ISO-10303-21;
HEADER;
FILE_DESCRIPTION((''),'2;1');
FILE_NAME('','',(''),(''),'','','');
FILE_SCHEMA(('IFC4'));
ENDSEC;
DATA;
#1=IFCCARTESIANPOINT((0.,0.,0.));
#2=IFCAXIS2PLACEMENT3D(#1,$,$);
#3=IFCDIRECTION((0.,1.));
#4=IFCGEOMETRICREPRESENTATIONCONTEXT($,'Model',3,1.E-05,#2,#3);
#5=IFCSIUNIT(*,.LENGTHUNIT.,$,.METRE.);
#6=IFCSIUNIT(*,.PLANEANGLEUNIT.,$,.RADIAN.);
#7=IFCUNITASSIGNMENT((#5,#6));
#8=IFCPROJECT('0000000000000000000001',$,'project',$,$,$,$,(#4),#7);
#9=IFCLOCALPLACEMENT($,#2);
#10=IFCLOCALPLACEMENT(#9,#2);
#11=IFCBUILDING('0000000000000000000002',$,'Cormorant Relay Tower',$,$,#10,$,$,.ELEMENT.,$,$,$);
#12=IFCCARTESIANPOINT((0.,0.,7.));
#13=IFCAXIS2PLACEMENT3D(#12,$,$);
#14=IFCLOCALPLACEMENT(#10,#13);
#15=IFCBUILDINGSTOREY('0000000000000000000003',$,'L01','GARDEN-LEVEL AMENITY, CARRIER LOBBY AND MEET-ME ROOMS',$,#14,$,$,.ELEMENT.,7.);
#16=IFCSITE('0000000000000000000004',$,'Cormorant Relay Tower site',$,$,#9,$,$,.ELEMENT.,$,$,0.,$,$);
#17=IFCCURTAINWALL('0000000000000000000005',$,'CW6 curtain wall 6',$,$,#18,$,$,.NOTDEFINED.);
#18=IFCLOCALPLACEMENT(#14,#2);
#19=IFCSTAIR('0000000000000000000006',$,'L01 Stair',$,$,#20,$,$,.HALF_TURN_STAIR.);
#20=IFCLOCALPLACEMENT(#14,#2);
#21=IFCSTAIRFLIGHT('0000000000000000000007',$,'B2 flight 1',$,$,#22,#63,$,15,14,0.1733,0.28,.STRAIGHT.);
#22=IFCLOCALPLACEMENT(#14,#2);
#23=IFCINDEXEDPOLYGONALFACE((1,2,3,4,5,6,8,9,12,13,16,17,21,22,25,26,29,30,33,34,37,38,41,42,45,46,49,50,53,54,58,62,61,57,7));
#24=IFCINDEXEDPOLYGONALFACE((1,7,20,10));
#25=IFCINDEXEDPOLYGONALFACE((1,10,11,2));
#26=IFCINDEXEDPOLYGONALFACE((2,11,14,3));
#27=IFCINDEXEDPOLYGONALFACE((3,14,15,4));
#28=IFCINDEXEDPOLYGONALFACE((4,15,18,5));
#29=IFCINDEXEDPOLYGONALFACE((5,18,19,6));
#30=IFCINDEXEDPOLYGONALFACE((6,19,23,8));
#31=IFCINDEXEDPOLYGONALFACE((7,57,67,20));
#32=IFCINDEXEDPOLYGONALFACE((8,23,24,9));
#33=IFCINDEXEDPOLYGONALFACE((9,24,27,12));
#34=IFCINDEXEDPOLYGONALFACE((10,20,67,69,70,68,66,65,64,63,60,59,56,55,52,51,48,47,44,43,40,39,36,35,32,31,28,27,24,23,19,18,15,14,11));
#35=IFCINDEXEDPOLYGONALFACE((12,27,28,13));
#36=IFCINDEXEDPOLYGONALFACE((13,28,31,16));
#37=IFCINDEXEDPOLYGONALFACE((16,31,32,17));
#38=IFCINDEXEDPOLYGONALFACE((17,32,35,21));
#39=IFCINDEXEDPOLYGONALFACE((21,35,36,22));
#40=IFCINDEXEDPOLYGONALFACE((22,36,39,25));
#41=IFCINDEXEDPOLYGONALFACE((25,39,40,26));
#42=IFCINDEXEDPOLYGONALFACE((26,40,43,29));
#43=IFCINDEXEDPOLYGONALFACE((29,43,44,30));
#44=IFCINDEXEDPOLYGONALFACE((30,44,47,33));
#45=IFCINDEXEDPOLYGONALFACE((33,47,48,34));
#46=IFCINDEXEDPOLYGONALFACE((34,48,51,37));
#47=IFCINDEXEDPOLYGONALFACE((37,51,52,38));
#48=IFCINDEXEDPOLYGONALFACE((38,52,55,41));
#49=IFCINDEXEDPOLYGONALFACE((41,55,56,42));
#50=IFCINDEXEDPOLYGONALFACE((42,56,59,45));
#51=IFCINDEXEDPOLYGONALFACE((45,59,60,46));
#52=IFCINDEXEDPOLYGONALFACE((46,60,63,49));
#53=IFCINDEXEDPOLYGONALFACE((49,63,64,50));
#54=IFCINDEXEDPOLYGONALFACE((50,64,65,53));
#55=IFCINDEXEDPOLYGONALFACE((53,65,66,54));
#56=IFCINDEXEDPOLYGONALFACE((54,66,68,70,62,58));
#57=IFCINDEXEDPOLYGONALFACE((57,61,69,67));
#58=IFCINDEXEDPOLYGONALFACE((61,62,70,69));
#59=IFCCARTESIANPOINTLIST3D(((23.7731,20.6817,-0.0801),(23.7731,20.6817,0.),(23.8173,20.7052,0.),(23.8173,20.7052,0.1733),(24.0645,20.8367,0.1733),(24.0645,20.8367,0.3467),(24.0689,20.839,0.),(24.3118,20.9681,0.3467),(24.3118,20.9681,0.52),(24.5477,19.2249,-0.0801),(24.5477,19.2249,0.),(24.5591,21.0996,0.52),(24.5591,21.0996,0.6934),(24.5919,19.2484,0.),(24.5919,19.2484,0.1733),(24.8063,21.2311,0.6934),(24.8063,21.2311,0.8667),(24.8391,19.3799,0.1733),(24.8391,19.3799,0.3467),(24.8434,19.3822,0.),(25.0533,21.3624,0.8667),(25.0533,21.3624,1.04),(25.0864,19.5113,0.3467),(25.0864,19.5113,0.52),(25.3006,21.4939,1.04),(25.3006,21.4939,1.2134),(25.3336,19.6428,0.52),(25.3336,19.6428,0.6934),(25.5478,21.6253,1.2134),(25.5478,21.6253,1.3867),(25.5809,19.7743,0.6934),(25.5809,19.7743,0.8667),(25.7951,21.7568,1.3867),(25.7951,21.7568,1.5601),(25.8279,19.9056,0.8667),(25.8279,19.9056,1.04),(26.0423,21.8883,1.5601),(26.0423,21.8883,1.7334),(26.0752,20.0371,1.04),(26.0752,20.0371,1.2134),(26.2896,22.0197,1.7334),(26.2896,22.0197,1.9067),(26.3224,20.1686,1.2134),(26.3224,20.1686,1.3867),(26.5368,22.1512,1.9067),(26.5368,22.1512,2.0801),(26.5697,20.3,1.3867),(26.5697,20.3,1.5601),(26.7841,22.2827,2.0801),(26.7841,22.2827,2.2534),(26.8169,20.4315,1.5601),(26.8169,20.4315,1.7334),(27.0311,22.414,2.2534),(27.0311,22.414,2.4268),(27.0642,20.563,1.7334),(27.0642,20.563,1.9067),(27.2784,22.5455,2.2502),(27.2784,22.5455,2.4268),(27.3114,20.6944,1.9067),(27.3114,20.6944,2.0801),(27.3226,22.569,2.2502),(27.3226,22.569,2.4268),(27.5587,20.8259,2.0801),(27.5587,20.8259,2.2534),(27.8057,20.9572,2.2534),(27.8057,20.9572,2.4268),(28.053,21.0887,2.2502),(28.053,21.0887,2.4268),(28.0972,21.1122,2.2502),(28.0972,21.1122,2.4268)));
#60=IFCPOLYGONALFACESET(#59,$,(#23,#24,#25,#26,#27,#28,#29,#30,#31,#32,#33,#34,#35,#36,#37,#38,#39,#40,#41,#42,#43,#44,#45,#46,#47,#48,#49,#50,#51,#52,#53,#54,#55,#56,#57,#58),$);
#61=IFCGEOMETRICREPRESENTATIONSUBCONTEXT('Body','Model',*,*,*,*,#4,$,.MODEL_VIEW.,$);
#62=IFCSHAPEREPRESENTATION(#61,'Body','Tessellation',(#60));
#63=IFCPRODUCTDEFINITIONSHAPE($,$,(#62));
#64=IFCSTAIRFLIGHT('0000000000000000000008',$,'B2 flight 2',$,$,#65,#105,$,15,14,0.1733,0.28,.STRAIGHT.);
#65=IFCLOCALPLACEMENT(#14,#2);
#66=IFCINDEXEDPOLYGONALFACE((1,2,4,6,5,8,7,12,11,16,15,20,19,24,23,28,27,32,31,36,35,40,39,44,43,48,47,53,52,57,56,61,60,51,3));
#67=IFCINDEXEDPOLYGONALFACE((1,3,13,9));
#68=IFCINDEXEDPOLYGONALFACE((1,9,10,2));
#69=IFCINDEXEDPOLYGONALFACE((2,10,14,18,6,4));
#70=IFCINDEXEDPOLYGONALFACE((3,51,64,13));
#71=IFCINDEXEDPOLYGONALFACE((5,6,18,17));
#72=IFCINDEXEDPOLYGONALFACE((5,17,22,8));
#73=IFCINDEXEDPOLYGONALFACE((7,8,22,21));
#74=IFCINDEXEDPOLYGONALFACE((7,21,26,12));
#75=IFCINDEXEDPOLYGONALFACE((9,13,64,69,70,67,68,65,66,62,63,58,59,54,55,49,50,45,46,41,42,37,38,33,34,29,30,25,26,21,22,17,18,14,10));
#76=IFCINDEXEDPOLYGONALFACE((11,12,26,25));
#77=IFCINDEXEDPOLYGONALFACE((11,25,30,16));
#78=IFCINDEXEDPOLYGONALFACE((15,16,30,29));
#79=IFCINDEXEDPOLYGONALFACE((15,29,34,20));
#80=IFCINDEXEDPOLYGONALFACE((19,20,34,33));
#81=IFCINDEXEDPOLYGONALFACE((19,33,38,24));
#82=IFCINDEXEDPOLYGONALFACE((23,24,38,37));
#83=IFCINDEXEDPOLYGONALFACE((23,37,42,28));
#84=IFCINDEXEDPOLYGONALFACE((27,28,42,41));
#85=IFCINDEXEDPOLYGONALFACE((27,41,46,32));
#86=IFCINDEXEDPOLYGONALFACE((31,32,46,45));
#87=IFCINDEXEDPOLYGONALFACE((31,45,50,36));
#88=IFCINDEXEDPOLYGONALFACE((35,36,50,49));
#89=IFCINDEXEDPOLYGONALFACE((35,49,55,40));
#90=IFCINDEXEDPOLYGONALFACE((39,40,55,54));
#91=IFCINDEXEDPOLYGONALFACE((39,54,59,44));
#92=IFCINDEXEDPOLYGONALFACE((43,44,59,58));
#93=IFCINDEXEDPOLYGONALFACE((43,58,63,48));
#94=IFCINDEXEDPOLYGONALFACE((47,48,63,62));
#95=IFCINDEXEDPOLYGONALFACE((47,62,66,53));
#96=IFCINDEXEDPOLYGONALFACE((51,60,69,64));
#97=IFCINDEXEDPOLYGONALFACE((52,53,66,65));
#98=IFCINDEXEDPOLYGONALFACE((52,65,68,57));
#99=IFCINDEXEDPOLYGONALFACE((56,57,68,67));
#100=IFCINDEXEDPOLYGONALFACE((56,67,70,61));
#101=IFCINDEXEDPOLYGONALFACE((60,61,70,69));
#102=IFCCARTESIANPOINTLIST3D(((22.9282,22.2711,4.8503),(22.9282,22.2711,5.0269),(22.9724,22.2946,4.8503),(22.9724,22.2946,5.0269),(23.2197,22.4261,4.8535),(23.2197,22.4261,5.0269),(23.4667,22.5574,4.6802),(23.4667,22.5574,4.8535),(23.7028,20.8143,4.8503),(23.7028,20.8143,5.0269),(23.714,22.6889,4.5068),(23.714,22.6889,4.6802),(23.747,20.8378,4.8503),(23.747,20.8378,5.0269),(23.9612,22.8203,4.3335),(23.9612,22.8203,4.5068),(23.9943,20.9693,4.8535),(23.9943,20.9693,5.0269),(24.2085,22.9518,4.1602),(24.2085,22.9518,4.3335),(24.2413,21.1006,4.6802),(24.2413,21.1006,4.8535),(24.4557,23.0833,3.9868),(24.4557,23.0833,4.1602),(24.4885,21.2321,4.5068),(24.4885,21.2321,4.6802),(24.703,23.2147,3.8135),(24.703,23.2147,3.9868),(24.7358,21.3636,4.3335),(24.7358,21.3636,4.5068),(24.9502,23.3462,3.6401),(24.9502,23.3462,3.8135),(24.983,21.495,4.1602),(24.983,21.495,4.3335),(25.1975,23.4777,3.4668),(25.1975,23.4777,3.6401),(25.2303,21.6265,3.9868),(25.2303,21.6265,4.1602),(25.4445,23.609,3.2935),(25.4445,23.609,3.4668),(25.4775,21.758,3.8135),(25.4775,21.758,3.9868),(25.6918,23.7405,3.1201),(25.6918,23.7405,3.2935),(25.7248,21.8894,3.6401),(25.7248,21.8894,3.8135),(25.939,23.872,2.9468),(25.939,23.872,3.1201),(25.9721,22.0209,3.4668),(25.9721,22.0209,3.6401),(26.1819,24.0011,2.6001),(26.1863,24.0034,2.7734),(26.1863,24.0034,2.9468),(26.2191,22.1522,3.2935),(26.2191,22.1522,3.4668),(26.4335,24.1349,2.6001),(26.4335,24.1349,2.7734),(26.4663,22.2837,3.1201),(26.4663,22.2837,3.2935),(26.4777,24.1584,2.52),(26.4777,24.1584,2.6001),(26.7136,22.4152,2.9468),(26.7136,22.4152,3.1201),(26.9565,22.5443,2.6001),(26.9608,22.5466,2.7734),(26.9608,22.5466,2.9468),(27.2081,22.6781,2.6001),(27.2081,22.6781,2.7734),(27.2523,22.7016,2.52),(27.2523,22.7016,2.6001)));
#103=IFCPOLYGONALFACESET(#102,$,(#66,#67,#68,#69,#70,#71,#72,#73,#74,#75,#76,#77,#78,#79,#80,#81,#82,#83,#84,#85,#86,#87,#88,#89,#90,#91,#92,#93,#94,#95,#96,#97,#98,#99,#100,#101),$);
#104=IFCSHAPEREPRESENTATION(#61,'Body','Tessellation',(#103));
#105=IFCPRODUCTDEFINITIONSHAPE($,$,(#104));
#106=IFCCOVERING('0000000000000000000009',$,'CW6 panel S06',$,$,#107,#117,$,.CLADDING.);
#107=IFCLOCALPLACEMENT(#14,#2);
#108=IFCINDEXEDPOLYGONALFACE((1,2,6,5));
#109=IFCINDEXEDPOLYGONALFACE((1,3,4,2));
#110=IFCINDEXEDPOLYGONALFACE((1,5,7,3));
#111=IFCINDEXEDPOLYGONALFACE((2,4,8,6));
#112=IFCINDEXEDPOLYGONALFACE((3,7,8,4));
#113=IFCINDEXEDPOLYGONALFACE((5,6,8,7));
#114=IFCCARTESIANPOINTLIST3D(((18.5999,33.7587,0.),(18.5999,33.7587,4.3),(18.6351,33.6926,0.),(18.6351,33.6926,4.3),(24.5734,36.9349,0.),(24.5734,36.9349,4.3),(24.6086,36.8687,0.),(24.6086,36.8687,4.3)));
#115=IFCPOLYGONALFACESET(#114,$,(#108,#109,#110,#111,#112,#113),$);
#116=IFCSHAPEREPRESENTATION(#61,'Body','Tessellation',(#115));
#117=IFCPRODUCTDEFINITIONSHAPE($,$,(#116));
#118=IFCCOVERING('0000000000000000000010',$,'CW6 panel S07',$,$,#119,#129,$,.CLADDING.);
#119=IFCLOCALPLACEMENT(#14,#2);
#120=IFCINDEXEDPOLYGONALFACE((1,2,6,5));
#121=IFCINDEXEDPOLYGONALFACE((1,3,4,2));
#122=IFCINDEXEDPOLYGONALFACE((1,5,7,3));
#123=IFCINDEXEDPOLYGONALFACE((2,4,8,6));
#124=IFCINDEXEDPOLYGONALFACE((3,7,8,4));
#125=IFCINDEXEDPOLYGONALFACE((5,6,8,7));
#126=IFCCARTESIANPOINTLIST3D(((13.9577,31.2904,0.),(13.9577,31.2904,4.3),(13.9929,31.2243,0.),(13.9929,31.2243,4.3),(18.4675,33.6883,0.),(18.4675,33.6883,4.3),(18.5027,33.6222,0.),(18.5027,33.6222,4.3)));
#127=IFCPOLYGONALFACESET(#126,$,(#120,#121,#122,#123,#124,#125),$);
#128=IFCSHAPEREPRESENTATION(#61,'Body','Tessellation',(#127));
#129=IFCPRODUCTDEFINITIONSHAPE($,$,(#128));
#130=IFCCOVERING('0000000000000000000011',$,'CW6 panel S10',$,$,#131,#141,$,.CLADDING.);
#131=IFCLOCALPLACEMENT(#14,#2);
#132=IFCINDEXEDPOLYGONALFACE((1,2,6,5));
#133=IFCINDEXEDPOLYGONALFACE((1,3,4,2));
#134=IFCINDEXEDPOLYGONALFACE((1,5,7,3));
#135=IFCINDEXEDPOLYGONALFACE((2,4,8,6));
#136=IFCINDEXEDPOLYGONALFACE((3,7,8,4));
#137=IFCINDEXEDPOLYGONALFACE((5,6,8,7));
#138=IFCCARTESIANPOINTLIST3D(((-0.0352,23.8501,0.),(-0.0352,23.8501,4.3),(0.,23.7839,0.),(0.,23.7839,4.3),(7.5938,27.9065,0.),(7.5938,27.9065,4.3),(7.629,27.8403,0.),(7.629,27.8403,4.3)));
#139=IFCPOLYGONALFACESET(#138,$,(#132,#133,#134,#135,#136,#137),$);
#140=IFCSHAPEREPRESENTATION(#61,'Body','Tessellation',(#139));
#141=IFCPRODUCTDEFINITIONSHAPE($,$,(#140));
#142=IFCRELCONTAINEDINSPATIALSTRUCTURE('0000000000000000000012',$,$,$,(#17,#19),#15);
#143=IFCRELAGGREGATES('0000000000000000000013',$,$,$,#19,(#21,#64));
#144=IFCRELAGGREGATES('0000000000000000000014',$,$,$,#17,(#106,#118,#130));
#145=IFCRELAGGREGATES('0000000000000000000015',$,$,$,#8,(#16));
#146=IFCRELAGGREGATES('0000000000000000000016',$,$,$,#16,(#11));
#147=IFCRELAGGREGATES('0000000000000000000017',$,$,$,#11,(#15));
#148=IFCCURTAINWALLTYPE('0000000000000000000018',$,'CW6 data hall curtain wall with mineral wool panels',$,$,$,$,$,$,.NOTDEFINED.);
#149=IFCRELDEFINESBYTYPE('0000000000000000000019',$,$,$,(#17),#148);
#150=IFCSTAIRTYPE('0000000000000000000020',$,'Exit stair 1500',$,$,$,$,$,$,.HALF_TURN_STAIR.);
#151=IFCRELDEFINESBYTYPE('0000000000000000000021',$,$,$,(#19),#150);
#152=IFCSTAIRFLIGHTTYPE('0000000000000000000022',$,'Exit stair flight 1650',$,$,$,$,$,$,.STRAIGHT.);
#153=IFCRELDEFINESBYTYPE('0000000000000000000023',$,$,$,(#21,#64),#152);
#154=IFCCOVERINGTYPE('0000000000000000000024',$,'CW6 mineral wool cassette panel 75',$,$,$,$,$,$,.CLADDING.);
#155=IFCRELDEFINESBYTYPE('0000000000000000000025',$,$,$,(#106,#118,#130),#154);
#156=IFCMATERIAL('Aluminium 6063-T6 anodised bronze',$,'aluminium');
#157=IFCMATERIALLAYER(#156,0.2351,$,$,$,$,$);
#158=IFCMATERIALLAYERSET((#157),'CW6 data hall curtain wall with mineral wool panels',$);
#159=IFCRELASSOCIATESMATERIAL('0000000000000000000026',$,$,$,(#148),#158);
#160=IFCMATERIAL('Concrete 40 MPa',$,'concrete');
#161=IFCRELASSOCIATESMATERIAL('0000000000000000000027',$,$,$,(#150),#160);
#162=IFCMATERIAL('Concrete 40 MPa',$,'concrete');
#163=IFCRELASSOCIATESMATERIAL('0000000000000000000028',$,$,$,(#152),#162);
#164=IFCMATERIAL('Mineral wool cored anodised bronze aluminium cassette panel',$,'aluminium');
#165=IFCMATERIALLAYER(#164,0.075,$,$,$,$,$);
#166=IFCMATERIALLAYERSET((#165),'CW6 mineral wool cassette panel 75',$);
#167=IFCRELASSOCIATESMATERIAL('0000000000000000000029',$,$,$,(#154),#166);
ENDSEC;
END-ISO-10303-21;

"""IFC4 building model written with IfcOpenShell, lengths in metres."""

from ifc_helpers import new_model, si_unit, direction, frame, origin, origin_2d, place, context, subcontext, project, spatial, polyline, rectangle, outline, extrude, material, layer, layer_set, type_object, element, aggregate, save


model = new_model("IFC4")

# Units and contexts
model_context = context("Model", 3, precision=1e-05, world=origin(), true_north=direction((0.0, 1.0)))
body_context = subcontext(model_context, "Body", "Model", "MODEL_VIEW")
ifc_project = project(units=[si_unit("LENGTHUNIT", "METRE"), si_unit("PLANEANGLEUNIT", "RADIAN")], contexts=[model_context])

# Site, building, storey
site_placement = place(None, origin())
site = spatial("IfcSite", under=ifc_project, at=site_placement, Name="Cormorant Relay Tower site", CompositionType="ELEMENT", RefElevation=0.0)
building_placement = place(site_placement, origin())
building = spatial("IfcBuilding", under=site, at=building_placement, Name="Cormorant Relay Tower", CompositionType="ELEMENT")
storey_placement = place(building_placement, frame((0.0, 0.0, 7.0)))
storey = spatial("IfcBuildingStorey", under=building, at=storey_placement, Name="L01", Description="GARDEN-LEVEL AMENITY, CARRIER LOBBY AND MEET-ME ROOMS", CompositionType="ELEMENT", Elevation=7.0)

# Curtain wall
ifc_material_1 = material(Name="Aluminium 6063-T6 anodised bronze", Category="aluminium")
ifc_layer_1 = layer(ifc_material_1, 0.2351)
ifc_layer_set_1 = layer_set([ifc_layer_1], Name="CW6 data hall curtain wall with mineral wool panels")
curtain_wall_type = type_object("IfcCurtainWallType", Name="CW6 data hall curtain wall with mineral wool panels", PredefinedType="NOTDEFINED", material=ifc_layer_set_1)
curtain_wall_1_placement = place(storey_placement, origin())
curtain_wall_1 = element("IfcCurtainWall", 1, at=curtain_wall_1_placement, inside=storey, type_object=curtain_wall_type, Name="CW6 curtain wall 6", PredefinedType="NOTDEFINED")

# Stair, stair flights
ifc_material_2 = material(Name="Concrete 40 MPa", Category="concrete")
stair_type = type_object("IfcStairType", Name="Exit stair 1500", PredefinedType="HALF_TURN_STAIR", material=ifc_material_2)
stair_placement = place(storey_placement, origin())
stair = element("IfcStair", 2, at=stair_placement, inside=storey, type_object=stair_type, Name="L01 Stair", PredefinedType="HALF_TURN_STAIR")
ifc_material_3 = material(Name="Concrete 40 MPa", Category="concrete")
stair_flight_type = type_object("IfcStairFlightType", Name="Exit stair flight 1650", PredefinedType="STRAIGHT", material=ifc_material_3)
stair_flight_1_placement = place(storey_placement, frame((24.2046, 19.9768, 0.0), z_axis=(0.0, 0.0, 1.0), x_axis=(0.882948, 0.469472, 0.0)))
stair_flight_1 = element("IfcStairFlight", 3, at=stair_flight_1_placement, type_object=stair_flight_type, Name="B2 flight 1", NumberOfRisers=15, NumberOfTreads=14, PredefinedType="STRAIGHT", RiserHeight=0.1733, TreadLength=0.28, context=body_context, shape_type="SweptSolid", body=[
    extrude(outline(polyline([(-0.05, -0.0801), (-0.05, 0.0), (0.0, 0.0), (0.0, 0.1733), (0.28, 0.1733), (0.28, 0.3467), (0.5601, 0.3467), (0.5601, 0.52), (0.8401, 0.52), (0.8401, 0.6934), (1.1201, 0.6934), (1.1201, 0.8667), (1.3999, 0.8667), (1.3999, 1.04), (1.6799, 1.04), (1.6799, 1.2134), (1.96, 1.2134), (1.96, 1.3867), (2.24, 1.3867), (2.24, 1.5601), (2.52, 1.5601), (2.52, 1.7334), (2.8, 1.7334), (2.8, 1.9067), (3.0801, 1.9067), (3.0801, 2.0801), (3.3601, 2.0801), (3.3601, 2.2534), (3.6399, 2.2534), (3.6399, 2.4268), (3.9199, 2.4268), (3.97, 2.4268), (3.97, 2.2502), (3.9199, 2.2502), (0.2849, 0.0), (-0.05, -0.0801)])), frame((0.0, 0.825, 0.0), z_axis=(0.0, -1.0, 0.0), x_axis=(1.0, 0.0, 0.0)), (0.0, 0.0, 1.0), 1.6499),
])
stair_flight_2_placement = place(storey_placement, frame((26.8208, 23.4065, 2.6001), z_axis=(0.0, 0.0, 1.0), x_axis=(-0.882948, -0.469472, 0.0)))
stair_flight_2 = element("IfcStairFlight", 4, at=stair_flight_2_placement, type_object=stair_flight_type, Name="B2 flight 2", NumberOfRisers=15, NumberOfTreads=14, PredefinedType="STRAIGHT", RiserHeight=0.1733, TreadLength=0.28, context=body_context, shape_type="SweptSolid", body=[
    extrude(outline(polyline([(-0.05, -0.0801), (-0.05, 0.0), (0.0, 0.0), (0.0, 0.1733), (0.28, 0.1733), (0.28, 0.3467), (0.5601, 0.3467), (0.5601, 0.52), (0.8401, 0.52), (0.8401, 0.6934), (1.1201, 0.6934), (1.1201, 0.8667), (1.3999, 0.8667), (1.3999, 1.04), (1.6799, 1.04), (1.6799, 1.2134), (1.96, 1.2134), (1.96, 1.3867), (2.24, 1.3867), (2.24, 1.5601), (2.52, 1.5601), (2.52, 1.7334), (2.8, 1.7334), (2.8, 1.9067), (3.0801, 1.9067), (3.0801, 2.0801), (3.3601, 2.0801), (3.3601, 2.2534), (3.6399, 2.2534), (3.6399, 2.4268), (3.9199, 2.4268), (3.97, 2.4268), (3.97, 2.2502), (3.9199, 2.2502), (0.2849, 0.0), (-0.05, -0.0801)])), frame((0.0, 0.825, 0.0), z_axis=(0.0, -1.0, 0.0), x_axis=(1.0, 0.0, 0.0)), (0.0, 0.0, 1.0), 1.6499),
])
aggregate(stair, [stair_flight_1, stair_flight_2])

# Coverings
ifc_material_4 = material(Name="Mineral wool cored anodised bronze aluminium cassette panel", Category="aluminium")
ifc_layer_2 = layer(ifc_material_4, 0.075)
ifc_layer_set_2 = layer_set([ifc_layer_2], Name="CW6 mineral wool cassette panel 75")
covering_type = type_object("IfcCoveringType", Name="CW6 mineral wool cassette panel 75", PredefinedType="CLADDING", material=ifc_layer_set_2)
covering_1_placement = place(storey_placement, frame((21.6042, 35.3137, 0.0), z_axis=(0.0, 0.0, 1.0), x_axis=(-0.882948, -0.469472, 0.0)))
covering_1 = element("IfcCovering", 5, at=covering_1_placement, type_object=covering_type, Name="CW6 panel S06", PredefinedType="CLADDING", context=body_context, shape_type="SweptSolid", body=[
    extrude(rectangle(XDim=6.7654, YDim=0.075, at=origin_2d()), origin(), (0.0, 0.0, 1.0), 4.3),
])
covering_2_placement = place(storey_placement, frame((16.2302, 32.4563, 0.0), z_axis=(0.0, 0.0, 1.0), x_axis=(-0.882948, -0.469472, 0.0)))
covering_2 = element("IfcCovering", 6, at=covering_2_placement, type_object=covering_type, Name="CW6 panel S07", PredefinedType="CLADDING", context=body_context, shape_type="SweptSolid", body=[
    extrude(rectangle(XDim=5.1077, YDim=0.075, at=origin_2d()), origin(), (0.0, 0.0, 1.0), 4.3),
])
covering_3_placement = place(storey_placement, frame((3.7969, 25.8452, 0.0), z_axis=(0.0, 0.0, 1.0), x_axis=(-0.882948, -0.469472, 0.0)))
covering_3 = element("IfcCovering", 7, at=covering_3_placement, type_object=covering_type, Name="CW6 panel S10", PredefinedType="CLADDING", context=body_context, shape_type="SweptSolid", body=[
    extrude(rectangle(XDim=8.6404, YDim=0.075, at=origin_2d()), origin(), (0.0, 0.0, 1.0), 4.3),
])
aggregate(curtain_wall_1, [covering_1, covering_2, covering_3])

save(model, "model.ifc")
